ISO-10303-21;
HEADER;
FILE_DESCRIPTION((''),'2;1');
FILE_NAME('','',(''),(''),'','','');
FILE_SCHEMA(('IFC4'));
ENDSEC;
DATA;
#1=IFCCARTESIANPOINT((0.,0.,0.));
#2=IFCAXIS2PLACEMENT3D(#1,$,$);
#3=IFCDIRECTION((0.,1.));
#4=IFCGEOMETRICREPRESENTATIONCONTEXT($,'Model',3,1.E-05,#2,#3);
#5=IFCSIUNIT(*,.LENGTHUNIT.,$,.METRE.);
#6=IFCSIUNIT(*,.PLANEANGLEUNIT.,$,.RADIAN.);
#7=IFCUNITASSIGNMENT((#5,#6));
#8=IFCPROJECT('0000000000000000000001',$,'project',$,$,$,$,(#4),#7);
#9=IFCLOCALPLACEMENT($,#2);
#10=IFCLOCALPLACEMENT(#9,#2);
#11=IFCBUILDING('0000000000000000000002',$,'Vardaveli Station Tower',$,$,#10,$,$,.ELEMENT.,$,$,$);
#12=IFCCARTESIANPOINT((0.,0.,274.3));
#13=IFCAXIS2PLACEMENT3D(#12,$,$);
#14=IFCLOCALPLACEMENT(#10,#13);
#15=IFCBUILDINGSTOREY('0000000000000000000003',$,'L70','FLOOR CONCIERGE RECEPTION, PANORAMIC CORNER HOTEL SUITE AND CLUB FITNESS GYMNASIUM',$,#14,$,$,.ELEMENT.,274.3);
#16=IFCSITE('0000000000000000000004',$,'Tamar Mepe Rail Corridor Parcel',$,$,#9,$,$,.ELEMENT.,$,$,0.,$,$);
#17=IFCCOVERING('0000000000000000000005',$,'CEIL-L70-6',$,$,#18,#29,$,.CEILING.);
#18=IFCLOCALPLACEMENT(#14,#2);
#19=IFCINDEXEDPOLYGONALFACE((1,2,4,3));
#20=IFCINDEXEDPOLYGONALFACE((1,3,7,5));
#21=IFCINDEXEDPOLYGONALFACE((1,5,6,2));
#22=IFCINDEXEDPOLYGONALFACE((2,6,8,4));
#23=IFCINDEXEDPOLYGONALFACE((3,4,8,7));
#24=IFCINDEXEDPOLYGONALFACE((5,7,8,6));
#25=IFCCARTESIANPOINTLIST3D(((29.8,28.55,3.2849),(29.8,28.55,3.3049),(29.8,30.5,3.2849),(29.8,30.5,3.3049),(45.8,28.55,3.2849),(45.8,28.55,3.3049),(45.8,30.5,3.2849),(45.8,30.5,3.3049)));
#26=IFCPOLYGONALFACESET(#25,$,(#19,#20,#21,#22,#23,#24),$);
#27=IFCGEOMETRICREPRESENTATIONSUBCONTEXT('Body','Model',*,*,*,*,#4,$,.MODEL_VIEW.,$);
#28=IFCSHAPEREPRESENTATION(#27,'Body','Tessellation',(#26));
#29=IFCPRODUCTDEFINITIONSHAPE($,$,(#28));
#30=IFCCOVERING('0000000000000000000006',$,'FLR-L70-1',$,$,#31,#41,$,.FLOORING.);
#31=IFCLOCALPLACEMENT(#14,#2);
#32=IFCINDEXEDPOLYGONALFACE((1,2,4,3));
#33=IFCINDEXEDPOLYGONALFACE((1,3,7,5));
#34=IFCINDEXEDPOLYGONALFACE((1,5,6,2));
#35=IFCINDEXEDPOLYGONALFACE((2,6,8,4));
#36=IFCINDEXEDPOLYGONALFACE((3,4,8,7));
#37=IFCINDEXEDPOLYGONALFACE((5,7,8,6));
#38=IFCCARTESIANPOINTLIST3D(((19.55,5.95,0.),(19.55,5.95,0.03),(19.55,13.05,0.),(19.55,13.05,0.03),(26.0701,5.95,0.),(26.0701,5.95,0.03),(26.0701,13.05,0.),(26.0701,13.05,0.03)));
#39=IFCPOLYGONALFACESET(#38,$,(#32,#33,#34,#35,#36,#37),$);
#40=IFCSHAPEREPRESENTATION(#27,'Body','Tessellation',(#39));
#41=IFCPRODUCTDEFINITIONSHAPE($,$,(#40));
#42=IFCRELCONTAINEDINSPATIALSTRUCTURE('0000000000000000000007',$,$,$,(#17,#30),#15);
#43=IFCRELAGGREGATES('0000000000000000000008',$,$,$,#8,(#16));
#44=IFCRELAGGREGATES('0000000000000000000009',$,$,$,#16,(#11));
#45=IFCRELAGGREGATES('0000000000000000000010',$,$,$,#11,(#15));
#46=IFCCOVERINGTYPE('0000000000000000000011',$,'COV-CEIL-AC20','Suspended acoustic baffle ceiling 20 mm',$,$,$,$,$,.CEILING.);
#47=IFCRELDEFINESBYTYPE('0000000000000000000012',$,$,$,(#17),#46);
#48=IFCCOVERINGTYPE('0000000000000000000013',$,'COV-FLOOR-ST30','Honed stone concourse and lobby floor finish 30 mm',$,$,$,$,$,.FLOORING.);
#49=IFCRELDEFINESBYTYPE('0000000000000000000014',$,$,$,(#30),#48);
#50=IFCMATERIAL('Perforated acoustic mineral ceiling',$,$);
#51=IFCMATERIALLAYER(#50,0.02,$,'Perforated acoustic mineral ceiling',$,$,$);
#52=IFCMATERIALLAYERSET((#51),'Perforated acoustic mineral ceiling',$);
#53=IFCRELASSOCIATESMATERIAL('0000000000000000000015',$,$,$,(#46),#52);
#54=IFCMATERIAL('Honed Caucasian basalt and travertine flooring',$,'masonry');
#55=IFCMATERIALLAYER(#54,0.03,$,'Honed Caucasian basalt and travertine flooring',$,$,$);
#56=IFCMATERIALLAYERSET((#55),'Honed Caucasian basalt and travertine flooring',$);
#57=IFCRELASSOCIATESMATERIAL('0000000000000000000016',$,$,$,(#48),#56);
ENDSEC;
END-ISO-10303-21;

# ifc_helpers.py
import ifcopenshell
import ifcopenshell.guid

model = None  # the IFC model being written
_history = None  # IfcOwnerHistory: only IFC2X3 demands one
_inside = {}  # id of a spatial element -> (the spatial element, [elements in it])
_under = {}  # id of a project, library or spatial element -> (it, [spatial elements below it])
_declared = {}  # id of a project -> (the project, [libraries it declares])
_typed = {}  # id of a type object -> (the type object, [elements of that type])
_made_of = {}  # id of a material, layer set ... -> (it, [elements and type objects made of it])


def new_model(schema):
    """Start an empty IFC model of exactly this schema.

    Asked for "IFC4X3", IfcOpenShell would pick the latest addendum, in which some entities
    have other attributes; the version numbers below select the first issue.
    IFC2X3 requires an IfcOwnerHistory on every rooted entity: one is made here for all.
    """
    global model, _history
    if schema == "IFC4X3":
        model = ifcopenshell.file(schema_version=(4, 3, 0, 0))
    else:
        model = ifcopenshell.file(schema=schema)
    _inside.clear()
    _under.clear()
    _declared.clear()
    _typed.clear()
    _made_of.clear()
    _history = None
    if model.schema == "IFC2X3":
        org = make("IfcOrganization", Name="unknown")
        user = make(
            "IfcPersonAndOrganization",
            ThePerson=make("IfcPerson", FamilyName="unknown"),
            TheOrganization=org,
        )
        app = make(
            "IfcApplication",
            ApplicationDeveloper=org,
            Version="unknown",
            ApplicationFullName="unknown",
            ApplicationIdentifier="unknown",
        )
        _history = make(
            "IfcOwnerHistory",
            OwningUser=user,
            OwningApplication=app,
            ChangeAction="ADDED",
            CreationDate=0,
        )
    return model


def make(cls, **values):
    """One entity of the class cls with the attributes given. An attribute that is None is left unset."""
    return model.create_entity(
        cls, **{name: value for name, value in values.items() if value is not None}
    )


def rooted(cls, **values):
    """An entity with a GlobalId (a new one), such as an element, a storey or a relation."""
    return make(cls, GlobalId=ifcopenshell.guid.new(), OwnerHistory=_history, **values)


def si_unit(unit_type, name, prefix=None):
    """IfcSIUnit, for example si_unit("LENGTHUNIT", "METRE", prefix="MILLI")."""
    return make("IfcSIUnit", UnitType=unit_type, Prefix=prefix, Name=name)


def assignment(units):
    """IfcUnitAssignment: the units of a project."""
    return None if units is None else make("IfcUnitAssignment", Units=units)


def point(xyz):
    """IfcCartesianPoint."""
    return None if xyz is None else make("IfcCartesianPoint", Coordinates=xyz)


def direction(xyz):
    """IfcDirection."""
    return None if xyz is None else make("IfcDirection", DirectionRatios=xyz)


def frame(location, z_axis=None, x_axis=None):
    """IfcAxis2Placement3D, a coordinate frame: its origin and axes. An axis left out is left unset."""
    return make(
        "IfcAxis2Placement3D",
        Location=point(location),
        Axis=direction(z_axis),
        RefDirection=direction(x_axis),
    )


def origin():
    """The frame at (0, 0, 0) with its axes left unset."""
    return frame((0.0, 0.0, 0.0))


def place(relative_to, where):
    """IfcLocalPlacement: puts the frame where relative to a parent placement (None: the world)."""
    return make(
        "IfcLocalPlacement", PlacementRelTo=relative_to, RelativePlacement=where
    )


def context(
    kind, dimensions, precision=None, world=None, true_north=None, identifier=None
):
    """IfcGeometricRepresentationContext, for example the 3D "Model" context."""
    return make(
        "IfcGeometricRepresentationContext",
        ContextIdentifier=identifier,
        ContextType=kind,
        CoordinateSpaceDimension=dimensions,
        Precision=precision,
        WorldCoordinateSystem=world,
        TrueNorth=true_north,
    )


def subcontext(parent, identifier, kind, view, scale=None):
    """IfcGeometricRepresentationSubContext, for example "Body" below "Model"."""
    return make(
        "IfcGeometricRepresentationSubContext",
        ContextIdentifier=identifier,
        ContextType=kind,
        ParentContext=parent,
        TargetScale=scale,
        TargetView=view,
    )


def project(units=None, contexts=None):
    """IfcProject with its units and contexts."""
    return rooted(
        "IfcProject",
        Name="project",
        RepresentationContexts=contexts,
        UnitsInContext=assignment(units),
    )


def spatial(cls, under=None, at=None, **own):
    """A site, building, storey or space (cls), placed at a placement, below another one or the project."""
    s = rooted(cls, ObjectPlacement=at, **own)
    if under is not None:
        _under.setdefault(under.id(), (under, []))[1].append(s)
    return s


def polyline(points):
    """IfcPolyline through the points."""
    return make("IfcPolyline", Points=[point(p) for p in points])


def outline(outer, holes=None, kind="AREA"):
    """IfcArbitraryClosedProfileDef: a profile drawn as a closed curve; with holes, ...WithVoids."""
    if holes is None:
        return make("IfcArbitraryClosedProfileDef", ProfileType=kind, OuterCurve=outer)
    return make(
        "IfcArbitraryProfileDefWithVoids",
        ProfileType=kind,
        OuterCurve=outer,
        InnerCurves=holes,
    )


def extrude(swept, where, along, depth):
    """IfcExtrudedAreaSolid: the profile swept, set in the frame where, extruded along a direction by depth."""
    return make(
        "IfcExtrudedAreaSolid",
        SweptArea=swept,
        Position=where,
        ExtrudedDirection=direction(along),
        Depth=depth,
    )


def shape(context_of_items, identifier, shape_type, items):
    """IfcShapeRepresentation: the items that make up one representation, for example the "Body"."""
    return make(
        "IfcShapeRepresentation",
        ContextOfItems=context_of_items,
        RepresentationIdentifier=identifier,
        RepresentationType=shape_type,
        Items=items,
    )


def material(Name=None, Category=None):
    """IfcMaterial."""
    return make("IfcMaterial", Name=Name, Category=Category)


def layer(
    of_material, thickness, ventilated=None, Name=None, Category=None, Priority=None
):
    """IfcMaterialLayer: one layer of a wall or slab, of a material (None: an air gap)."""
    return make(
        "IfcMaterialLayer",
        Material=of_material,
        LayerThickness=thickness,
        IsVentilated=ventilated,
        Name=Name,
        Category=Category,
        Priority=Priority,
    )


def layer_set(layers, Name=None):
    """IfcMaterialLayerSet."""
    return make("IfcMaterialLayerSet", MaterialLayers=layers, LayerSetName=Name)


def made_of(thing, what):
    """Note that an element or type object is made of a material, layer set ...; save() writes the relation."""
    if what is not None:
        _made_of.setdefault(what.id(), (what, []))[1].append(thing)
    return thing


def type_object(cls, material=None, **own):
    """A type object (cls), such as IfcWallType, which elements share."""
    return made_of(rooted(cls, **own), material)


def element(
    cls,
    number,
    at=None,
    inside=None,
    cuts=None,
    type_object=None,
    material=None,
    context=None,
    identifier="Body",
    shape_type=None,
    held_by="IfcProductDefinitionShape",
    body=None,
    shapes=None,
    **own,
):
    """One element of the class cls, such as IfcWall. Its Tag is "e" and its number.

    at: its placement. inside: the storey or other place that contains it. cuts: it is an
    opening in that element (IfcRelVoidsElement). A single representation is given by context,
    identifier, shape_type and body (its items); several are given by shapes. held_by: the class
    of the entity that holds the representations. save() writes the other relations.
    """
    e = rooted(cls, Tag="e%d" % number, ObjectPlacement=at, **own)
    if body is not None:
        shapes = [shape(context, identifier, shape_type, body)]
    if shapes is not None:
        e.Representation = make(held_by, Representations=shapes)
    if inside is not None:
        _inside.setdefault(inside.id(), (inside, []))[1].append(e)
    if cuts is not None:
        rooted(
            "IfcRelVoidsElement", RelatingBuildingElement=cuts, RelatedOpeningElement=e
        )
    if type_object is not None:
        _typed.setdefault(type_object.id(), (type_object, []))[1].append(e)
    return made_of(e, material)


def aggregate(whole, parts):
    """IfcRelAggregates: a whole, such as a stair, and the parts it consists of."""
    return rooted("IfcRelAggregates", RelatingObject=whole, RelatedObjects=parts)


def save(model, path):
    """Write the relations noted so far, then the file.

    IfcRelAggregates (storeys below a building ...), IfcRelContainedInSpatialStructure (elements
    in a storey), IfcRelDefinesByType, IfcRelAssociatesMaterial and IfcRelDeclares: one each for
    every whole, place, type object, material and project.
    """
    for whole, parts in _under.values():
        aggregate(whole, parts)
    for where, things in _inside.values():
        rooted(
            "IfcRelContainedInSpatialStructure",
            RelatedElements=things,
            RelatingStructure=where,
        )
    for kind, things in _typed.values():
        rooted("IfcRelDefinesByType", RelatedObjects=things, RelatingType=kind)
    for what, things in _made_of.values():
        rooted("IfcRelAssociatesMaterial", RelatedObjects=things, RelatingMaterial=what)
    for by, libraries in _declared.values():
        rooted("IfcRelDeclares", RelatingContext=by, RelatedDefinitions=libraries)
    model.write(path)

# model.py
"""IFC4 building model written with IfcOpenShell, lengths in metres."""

from ifc_helpers import new_model, si_unit, direction, frame, origin, place, context, subcontext, project, spatial, polyline, outline, extrude, material, layer, layer_set, type_object, element, save


model = new_model("IFC4")

# Units and contexts
model_context = context("Model", 3, precision=1e-05, world=origin(), true_north=direction((0.0, 1.0)))
body_context = subcontext(model_context, "Body", "Model", "MODEL_VIEW")
ifc_project = project(units=[si_unit("LENGTHUNIT", "METRE"), si_unit("PLANEANGLEUNIT", "RADIAN")], contexts=[model_context])

# Site, building, storey
site_placement = place(None, origin())
site = spatial("IfcSite", under=ifc_project, at=site_placement, Name="Tamar Mepe Rail Corridor Parcel", CompositionType="ELEMENT", RefElevation=0.0)
building_placement = place(site_placement, origin())
building = spatial("IfcBuilding", under=site, at=building_placement, Name="Vardaveli Station Tower", CompositionType="ELEMENT")
storey_placement = place(building_placement, frame((0.0, 0.0, 274.3)))
storey = spatial("IfcBuildingStorey", under=building, at=storey_placement, Name="L70", Description="FLOOR CONCIERGE RECEPTION, PANORAMIC CORNER HOTEL SUITE AND CLUB FITNESS GYMNASIUM", CompositionType="ELEMENT", Elevation=274.3)

# Coverings
ifc_material_1 = material(Name="Perforated acoustic mineral ceiling")
ifc_layer_1 = layer(ifc_material_1, 0.02, Name="Perforated acoustic mineral ceiling")
ifc_layer_set_1 = layer_set([ifc_layer_1], Name="Perforated acoustic mineral ceiling")
covering_type_1 = type_object("IfcCoveringType", Name="COV-CEIL-AC20", Description="Suspended acoustic baffle ceiling 20 mm", PredefinedType="CEILING", material=ifc_layer_set_1)
covering_1_placement = place(storey_placement, frame((0.0, 0.0, 3.2849)))
element("IfcCovering", 1, at=covering_1_placement, inside=storey, type_object=covering_type_1, Name="CEIL-L70-6", PredefinedType="CEILING", context=body_context, shape_type="SweptSolid", body=[
    extrude(outline(polyline([(29.8, 28.55), (45.8, 28.55), (45.8, 30.5), (29.8, 30.5), (29.8, 28.55)])), origin(), (0.0, 0.0, 1.0), 0.02),
])
ifc_material_2 = material(Name="Honed Caucasian basalt and travertine flooring", Category="masonry")
ifc_layer_2 = layer(ifc_material_2, 0.03, Name="Honed Caucasian basalt and travertine flooring")
ifc_layer_set_2 = layer_set([ifc_layer_2], Name="Honed Caucasian basalt and travertine flooring")
covering_type_2 = type_object("IfcCoveringType", Name="COV-FLOOR-ST30", Description="Honed stone concourse and lobby floor finish 30 mm", PredefinedType="FLOORING", material=ifc_layer_set_2)
covering_2_placement = place(storey_placement, origin())
element("IfcCovering", 2, at=covering_2_placement, inside=storey, type_object=covering_type_2, Name="FLR-L70-1", PredefinedType="FLOORING", context=body_context, shape_type="SweptSolid", body=[
    extrude(outline(polyline([(19.55, 5.95), (26.0701, 5.95), (26.0701, 13.05), (19.55, 13.05), (19.55, 5.95)])), origin(), (0.0, 0.0, 1.0), 0.03),
])

save(model, "model.ifc")
